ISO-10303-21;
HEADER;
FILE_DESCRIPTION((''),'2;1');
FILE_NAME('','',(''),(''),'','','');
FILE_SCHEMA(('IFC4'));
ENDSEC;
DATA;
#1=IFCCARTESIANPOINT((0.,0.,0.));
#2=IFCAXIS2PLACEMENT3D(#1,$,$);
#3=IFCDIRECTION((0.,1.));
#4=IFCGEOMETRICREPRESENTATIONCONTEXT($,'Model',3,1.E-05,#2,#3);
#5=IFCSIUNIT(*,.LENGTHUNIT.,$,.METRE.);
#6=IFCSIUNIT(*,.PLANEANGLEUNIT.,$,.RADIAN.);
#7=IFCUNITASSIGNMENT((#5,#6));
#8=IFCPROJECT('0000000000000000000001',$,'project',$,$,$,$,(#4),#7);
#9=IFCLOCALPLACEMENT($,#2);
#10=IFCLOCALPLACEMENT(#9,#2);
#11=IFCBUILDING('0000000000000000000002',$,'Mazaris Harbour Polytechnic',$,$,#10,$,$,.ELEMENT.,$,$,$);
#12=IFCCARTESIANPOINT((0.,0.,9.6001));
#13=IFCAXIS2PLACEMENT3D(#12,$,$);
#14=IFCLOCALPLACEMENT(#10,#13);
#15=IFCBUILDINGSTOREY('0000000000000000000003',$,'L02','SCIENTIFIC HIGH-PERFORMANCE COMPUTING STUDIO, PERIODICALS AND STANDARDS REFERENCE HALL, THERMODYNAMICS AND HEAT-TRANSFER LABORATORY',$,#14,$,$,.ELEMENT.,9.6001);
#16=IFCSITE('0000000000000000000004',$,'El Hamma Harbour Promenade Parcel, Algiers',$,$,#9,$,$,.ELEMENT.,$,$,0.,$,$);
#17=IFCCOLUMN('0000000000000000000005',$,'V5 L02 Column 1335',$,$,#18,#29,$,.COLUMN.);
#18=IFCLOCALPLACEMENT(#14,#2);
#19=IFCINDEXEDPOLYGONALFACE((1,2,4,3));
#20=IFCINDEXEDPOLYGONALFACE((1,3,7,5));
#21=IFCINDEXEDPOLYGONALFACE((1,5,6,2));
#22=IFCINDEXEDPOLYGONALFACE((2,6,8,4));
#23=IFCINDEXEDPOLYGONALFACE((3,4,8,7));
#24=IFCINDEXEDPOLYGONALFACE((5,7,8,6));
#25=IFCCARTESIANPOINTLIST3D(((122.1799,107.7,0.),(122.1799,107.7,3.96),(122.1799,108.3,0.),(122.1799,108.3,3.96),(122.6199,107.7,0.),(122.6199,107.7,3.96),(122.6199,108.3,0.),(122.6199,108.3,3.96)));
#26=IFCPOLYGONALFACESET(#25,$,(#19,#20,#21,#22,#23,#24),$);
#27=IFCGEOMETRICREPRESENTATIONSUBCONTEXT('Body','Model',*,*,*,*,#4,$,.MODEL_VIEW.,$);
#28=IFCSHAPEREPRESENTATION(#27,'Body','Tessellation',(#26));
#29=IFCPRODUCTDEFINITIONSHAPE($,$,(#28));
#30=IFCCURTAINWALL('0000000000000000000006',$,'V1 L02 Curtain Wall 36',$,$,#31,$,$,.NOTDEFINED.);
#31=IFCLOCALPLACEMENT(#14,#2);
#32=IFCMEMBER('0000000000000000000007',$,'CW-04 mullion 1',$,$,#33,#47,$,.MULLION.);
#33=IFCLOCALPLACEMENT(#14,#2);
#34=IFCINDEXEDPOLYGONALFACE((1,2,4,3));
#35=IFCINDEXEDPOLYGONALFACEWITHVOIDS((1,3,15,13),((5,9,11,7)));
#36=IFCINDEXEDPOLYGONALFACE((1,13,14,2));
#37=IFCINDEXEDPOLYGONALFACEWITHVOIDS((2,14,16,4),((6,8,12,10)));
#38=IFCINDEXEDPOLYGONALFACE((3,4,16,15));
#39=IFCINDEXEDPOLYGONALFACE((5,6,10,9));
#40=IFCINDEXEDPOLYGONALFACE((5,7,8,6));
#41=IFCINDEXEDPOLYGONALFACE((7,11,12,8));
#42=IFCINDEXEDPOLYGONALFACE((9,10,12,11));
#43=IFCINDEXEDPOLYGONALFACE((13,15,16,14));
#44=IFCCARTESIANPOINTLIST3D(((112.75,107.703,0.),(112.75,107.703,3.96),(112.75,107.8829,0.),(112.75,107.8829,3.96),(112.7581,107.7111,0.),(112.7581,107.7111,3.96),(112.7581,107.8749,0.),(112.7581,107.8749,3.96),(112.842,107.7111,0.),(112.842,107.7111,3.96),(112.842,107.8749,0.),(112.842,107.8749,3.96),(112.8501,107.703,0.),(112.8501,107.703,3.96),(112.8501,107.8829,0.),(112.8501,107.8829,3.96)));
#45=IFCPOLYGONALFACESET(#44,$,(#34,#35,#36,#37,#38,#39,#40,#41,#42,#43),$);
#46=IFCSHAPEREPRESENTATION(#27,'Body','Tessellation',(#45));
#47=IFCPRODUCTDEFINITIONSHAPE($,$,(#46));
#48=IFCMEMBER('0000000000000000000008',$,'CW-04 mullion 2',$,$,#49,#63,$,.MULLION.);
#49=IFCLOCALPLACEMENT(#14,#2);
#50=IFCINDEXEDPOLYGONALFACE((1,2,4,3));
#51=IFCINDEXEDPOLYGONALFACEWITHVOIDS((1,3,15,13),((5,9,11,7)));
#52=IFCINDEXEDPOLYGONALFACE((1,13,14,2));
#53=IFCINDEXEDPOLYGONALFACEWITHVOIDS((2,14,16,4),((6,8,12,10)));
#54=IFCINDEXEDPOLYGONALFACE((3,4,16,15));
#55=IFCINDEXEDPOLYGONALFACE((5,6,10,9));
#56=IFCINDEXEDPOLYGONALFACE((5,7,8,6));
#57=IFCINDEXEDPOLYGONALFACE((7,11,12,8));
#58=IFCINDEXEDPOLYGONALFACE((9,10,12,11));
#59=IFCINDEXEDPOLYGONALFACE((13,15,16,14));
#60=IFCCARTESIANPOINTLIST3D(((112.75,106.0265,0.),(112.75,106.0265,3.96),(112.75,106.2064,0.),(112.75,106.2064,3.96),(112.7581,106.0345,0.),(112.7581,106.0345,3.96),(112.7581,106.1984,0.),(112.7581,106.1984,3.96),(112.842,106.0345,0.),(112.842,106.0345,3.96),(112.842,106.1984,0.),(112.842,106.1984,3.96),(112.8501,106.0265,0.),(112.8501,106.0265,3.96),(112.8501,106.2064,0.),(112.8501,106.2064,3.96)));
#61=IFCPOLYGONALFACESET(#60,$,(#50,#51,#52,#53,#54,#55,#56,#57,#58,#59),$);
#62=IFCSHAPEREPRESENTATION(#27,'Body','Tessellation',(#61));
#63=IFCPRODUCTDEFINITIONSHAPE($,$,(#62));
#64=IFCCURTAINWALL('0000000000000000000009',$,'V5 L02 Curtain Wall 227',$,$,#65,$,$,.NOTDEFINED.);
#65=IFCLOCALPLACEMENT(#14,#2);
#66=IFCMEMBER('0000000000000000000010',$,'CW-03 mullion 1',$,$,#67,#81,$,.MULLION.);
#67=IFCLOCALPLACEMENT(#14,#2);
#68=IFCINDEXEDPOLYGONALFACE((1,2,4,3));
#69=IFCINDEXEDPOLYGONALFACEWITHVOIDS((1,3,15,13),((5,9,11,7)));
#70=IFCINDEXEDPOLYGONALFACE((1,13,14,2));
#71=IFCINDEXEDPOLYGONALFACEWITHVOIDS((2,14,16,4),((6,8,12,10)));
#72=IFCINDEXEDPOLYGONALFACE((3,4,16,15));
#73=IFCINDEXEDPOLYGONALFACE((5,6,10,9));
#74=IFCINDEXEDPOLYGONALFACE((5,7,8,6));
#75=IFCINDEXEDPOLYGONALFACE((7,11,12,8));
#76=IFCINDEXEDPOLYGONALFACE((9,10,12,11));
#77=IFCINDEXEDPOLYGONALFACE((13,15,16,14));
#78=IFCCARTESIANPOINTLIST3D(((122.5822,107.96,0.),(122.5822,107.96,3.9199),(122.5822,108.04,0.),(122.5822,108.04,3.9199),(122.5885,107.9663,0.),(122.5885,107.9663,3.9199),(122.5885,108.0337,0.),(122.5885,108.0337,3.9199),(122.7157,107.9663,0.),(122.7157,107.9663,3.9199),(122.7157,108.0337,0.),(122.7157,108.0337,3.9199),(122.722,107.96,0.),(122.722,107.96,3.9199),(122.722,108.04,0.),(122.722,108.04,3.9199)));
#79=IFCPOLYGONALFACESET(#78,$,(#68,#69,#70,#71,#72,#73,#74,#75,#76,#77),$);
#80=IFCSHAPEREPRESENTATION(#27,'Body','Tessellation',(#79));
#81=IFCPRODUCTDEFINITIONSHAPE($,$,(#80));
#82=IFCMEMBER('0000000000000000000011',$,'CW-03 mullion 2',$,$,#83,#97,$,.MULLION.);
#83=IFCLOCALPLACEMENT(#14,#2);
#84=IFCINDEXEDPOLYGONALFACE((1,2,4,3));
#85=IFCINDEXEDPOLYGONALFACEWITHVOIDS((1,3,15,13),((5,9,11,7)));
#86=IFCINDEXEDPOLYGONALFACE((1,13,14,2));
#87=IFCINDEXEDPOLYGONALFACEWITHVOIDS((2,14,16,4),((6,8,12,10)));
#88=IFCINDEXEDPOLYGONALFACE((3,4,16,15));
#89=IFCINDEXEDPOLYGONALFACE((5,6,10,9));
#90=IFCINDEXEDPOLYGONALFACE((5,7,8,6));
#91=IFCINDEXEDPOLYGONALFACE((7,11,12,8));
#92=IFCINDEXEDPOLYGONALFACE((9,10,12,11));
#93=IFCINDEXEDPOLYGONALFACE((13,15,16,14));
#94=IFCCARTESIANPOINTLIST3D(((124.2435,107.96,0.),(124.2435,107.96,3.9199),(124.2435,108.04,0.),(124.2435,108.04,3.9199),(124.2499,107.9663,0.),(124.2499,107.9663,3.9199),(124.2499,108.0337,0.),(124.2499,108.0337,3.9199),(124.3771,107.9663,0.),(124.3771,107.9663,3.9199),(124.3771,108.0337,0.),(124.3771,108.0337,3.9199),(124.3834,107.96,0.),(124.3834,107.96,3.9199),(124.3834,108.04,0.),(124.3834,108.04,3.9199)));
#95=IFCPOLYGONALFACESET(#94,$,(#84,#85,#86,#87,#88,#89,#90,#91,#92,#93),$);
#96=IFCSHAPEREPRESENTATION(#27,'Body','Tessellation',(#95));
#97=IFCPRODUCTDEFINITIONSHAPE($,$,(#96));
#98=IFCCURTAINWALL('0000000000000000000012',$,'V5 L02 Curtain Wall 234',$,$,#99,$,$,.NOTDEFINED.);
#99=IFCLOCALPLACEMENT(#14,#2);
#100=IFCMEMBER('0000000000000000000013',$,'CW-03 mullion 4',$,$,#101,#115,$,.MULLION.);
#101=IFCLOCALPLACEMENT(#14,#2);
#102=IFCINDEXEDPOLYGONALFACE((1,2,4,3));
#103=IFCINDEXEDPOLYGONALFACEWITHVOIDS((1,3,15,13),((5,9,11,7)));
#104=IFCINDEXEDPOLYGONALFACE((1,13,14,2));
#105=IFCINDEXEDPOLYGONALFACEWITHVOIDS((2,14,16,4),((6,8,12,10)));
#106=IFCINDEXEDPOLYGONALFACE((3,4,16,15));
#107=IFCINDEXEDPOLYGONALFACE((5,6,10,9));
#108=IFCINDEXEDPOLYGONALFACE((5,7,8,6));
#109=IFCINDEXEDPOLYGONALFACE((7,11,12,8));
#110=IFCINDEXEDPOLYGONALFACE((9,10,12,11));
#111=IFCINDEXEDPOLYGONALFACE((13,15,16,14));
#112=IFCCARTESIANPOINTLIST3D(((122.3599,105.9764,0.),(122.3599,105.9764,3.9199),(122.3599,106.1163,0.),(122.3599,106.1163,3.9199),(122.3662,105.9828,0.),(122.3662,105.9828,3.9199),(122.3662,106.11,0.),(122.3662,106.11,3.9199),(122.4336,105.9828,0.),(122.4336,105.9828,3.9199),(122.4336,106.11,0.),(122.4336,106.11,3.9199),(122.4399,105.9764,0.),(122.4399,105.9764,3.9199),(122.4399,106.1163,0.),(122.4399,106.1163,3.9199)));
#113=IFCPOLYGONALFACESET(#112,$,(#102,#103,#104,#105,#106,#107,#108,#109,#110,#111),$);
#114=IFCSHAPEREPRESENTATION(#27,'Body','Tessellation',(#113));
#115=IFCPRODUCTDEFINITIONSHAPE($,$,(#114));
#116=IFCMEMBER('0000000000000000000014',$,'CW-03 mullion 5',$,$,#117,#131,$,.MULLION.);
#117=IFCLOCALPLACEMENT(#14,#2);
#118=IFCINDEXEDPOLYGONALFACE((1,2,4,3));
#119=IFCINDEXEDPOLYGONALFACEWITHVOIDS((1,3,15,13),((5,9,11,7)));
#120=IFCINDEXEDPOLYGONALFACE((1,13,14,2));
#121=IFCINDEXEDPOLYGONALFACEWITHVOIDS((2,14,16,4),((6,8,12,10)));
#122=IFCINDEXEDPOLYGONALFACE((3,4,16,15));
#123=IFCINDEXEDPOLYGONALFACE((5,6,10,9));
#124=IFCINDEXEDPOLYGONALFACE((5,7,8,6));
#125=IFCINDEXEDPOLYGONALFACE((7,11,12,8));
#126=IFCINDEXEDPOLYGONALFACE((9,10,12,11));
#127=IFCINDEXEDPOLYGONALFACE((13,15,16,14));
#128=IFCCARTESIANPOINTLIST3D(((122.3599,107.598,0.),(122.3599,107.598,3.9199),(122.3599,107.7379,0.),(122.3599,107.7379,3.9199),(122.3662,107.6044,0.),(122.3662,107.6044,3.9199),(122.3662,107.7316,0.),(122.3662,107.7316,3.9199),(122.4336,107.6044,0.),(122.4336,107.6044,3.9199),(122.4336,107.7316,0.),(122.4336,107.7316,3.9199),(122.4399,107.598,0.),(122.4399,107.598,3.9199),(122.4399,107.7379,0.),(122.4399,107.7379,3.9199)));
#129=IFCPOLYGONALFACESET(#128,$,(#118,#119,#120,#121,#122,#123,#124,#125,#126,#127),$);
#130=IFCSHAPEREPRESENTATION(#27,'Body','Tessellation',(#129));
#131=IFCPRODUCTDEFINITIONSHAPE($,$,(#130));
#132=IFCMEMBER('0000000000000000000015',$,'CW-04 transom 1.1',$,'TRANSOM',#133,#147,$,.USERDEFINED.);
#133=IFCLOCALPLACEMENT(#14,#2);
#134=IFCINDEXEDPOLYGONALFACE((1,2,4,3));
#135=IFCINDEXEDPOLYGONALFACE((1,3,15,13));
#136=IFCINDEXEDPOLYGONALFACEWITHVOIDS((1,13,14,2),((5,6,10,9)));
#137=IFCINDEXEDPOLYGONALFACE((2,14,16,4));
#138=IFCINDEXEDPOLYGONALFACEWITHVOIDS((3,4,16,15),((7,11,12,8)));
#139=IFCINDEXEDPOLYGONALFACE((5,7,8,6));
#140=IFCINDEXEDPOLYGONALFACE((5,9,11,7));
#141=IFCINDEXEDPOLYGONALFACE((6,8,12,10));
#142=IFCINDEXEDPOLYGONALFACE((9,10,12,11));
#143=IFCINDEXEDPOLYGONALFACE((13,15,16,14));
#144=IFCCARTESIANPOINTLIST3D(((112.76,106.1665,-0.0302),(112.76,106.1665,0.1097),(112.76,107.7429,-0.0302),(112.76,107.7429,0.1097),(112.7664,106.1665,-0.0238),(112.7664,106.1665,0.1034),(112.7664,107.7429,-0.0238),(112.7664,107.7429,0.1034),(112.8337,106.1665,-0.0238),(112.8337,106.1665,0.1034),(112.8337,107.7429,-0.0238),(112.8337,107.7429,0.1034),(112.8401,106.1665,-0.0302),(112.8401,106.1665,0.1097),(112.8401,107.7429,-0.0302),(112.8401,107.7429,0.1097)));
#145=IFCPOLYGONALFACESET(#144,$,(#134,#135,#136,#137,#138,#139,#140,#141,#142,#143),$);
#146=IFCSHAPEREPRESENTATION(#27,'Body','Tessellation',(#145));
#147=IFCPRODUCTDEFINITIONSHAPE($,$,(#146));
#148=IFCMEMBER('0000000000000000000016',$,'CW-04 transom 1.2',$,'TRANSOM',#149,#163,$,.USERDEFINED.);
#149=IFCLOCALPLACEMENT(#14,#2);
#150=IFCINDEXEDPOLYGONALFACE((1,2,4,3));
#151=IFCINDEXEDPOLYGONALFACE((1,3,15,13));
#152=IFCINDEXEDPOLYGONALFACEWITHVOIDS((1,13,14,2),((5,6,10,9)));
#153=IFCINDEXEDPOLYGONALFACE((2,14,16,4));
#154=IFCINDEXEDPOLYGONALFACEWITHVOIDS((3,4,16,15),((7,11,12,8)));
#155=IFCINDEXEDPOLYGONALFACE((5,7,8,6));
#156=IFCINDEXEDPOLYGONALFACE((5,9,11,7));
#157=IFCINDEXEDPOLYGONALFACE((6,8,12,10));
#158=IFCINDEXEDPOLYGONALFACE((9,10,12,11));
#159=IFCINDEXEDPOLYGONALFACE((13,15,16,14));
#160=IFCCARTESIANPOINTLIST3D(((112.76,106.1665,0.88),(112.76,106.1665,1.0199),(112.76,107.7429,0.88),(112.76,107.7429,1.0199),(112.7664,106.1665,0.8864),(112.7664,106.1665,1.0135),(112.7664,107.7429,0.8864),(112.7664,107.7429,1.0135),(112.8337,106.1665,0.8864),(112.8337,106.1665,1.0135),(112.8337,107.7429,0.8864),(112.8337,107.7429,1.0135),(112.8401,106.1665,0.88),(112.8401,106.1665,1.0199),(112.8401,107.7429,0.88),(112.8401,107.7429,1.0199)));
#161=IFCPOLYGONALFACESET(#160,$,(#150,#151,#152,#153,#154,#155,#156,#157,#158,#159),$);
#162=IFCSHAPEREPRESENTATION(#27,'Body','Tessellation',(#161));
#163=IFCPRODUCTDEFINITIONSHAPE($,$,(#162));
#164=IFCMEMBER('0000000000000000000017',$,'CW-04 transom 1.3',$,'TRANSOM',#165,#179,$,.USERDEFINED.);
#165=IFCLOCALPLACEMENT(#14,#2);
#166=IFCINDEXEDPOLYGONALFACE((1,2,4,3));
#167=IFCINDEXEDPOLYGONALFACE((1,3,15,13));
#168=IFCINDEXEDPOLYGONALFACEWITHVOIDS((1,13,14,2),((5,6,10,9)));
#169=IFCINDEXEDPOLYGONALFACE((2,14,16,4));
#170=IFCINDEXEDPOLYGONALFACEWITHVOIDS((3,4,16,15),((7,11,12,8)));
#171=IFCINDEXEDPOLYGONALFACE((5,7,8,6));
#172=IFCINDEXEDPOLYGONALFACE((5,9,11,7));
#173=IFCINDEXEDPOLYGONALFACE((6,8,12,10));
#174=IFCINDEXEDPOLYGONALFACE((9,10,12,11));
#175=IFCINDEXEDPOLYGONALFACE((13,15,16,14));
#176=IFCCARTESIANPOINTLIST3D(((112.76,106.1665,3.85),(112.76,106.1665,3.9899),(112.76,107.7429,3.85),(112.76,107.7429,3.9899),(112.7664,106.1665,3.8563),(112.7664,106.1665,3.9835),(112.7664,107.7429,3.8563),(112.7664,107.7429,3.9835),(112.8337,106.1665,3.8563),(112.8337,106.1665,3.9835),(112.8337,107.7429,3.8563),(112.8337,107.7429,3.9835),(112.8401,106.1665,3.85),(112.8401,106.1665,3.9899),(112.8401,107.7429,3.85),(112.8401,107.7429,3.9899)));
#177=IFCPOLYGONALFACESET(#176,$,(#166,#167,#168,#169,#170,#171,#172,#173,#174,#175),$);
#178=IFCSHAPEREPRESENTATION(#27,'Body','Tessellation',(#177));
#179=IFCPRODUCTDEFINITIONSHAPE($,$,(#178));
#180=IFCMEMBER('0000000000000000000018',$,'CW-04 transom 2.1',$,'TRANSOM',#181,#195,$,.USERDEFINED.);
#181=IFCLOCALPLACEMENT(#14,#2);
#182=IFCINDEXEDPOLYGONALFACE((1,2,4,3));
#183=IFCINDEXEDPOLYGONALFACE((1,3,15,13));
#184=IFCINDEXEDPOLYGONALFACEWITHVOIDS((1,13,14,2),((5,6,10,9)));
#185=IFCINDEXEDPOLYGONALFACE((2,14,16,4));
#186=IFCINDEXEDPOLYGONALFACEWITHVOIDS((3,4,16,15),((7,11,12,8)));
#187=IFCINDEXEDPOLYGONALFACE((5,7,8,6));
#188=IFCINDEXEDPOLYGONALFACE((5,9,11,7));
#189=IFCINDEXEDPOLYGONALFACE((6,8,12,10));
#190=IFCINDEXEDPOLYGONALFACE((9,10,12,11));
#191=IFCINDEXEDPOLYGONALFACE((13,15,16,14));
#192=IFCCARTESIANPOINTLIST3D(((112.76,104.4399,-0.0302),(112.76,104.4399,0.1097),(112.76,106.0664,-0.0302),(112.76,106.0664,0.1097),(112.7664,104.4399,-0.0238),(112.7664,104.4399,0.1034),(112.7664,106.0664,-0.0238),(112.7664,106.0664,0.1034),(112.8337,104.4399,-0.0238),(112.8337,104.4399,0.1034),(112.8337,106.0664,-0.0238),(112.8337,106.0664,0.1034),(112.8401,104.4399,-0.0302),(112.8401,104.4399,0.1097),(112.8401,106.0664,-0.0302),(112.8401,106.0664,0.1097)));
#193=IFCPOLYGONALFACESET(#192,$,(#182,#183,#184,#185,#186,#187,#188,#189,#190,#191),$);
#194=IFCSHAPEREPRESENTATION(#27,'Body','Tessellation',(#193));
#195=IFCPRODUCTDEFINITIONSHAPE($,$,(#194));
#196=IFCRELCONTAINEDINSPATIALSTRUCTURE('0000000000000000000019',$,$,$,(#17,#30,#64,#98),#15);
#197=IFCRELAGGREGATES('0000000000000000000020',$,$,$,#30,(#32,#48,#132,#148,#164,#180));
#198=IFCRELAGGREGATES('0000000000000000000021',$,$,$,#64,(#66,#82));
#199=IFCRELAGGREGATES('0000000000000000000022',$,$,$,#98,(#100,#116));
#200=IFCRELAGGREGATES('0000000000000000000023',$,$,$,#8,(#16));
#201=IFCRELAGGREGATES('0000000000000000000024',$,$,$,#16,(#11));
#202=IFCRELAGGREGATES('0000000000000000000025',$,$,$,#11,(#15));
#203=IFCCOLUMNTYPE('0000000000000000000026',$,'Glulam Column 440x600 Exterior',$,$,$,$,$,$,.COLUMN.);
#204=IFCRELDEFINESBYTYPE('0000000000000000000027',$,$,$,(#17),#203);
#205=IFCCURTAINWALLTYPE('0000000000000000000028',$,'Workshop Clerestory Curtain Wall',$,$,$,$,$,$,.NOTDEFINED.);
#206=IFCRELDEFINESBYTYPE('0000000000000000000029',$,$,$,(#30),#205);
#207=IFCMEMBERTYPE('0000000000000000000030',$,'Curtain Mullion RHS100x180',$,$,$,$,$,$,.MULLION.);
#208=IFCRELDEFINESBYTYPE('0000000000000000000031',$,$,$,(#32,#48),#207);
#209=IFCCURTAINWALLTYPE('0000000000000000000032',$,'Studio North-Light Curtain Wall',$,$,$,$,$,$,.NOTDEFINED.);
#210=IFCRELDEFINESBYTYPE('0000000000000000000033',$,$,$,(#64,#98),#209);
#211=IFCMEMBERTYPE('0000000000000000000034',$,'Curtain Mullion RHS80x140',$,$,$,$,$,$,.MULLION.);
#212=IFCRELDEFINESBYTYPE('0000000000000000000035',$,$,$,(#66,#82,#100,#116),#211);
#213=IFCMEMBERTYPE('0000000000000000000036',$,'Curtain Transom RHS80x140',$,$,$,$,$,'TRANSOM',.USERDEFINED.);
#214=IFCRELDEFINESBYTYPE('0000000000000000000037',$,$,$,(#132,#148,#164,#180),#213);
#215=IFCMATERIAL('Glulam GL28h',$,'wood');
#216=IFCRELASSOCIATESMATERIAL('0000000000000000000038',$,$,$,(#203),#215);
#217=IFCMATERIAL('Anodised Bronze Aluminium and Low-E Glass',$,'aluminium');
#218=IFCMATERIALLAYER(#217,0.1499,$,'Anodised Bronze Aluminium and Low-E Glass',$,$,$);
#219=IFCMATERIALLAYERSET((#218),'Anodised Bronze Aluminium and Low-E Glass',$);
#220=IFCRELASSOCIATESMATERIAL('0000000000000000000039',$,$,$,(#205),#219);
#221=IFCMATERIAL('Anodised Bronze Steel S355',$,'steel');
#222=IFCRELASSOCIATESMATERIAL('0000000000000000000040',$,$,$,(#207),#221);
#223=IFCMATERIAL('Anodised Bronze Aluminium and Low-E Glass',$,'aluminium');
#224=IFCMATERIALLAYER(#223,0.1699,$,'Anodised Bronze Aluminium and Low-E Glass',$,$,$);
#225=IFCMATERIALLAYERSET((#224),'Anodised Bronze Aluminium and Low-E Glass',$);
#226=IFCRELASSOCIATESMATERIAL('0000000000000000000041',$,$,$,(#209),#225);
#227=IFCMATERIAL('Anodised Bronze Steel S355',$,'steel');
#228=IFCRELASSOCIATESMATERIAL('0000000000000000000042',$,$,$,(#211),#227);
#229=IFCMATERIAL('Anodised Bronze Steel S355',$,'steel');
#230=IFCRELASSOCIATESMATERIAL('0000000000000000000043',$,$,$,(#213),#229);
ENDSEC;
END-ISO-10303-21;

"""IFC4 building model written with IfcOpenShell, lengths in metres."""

from ifc_helpers import new_model, si_unit, direction, frame, origin, origin_2d, place, context, subcontext, project, spatial, rectangle, hollow_rectangle, extrude, material, layer, layer_set, material_profile, profile_set, type_object, element, aggregate, save


model = new_model("IFC4")

# Units and contexts
model_context = context("Model", 3, precision=1e-05, world=origin(), true_north=direction((0.0, 1.0)))
body_context = subcontext(model_context, "Body", "Model", "MODEL_VIEW")
ifc_project = project(units=[si_unit("LENGTHUNIT", "METRE"), si_unit("PLANEANGLEUNIT", "RADIAN")], contexts=[model_context])

# Site, building, storey
site_placement = place(None, origin())
site = spatial("IfcSite", under=ifc_project, at=site_placement, Name="El Hamma Harbour Promenade Parcel, Algiers", CompositionType="ELEMENT", RefElevation=0.0)
building_placement = place(site_placement, origin())
building = spatial("IfcBuilding", under=site, at=building_placement, Name="Mazaris Harbour Polytechnic", CompositionType="ELEMENT")
storey_placement = place(building_placement, frame((0.0, 0.0, 9.6001)))
storey = spatial("IfcBuildingStorey", under=building, at=storey_placement, Name="L02", Description="SCIENTIFIC HIGH-PERFORMANCE COMPUTING STUDIO, PERIODICALS AND STANDARDS REFERENCE HALL, THERMODYNAMICS AND HEAT-TRANSFER LABORATORY", CompositionType="ELEMENT", Elevation=9.6001)

# Column
ifc_material_1 = material(Name="Glulam GL28h", Category="wood")
ifc_material_profile_1 = material_profile(ifc_material_1, rectangle(XDim=0.4399, YDim=0.6001, at=origin_2d()), Name="RECT440x600")
ifc_profile_set_1 = profile_set([ifc_material_profile_1], Name="Glulam GL28h")
column_type = type_object("IfcColumnType", Name="Glulam Column 440x600 Exterior", PredefinedType="COLUMN", material=ifc_profile_set_1)
column_placement = place(storey_placement, frame((122.3999, 108.0, 0.0), z_axis=(0.0, 0.0, 1.0), x_axis=(1.0, 0.0, 0.0)))
element("IfcColumn", 1, at=column_placement, inside=storey, type_object=column_type, Name="V5 L02 Column 1335", PredefinedType="COLUMN", context=body_context, shape_type="SweptSolid", body=[
    extrude(rectangle(XDim=0.4399, YDim=0.6001, at=origin_2d()), origin(), (0.0, 0.0, 1.0), 3.96),
])

# Curtain walls, members
ifc_material_2 = material(Name="Anodised Bronze Aluminium and Low-E Glass", Category="aluminium")
ifc_layer_1 = layer(ifc_material_2, 0.1499, Name="Anodised Bronze Aluminium and Low-E Glass")
ifc_layer_set_1 = layer_set([ifc_layer_1], Name="Anodised Bronze Aluminium and Low-E Glass")
curtain_wall_type_1 = type_object("IfcCurtainWallType", Name="Workshop Clerestory Curtain Wall", PredefinedType="NOTDEFINED", material=ifc_layer_set_1)
curtain_wall_1_placement = place(storey_placement, origin())
curtain_wall_1 = element("IfcCurtainWall", 2, at=curtain_wall_1_placement, inside=storey, type_object=curtain_wall_type_1, Name="V1 L02 Curtain Wall 36", PredefinedType="NOTDEFINED")
ifc_material_3 = material(Name="Anodised Bronze Steel S355", Category="steel")
ifc_material_profile_2 = material_profile(ifc_material_3, hollow_rectangle(XDim=0.1001, YDim=0.1799, WallThickness=0.0081, at=origin_2d()), Name="RHS 100x180x8.0")
ifc_profile_set_2 = profile_set([ifc_material_profile_2], Name="Anodised Bronze Steel S355")
member_type_1 = type_object("IfcMemberType", Name="Curtain Mullion RHS100x180", PredefinedType="MULLION", material=ifc_profile_set_2)
member_1_placement = place(storey_placement, frame((112.8, 107.793, 0.0), z_axis=(0.0, 0.0, 1.0), x_axis=(1.0, 0.0, 0.0)))
member_1 = element("IfcMember", 3, at=member_1_placement, type_object=member_type_1, Name="CW-04 mullion 1", PredefinedType="MULLION", context=body_context, shape_type="SweptSolid", body=[
    extrude(hollow_rectangle(XDim=0.1001, YDim=0.1799, WallThickness=0.0081, at=origin_2d()), origin(), (0.0, 0.0, 1.0), 3.96),
])
member_2_placement = place(storey_placement, frame((112.8, 106.1165, 0.0), z_axis=(0.0, 0.0, 1.0), x_axis=(1.0, 0.0, 0.0)))
member_2 = element("IfcMember", 4, at=member_2_placement, type_object=member_type_1, Name="CW-04 mullion 2", PredefinedType="MULLION", context=body_context, shape_type="SweptSolid", body=[
    extrude(hollow_rectangle(XDim=0.1001, YDim=0.1799, WallThickness=0.0081, at=origin_2d()), origin(), (0.0, 0.0, 1.0), 3.96),
])
ifc_material_4 = material(Name="Anodised Bronze Aluminium and Low-E Glass", Category="aluminium")
ifc_layer_2 = layer(ifc_material_4, 0.1699, Name="Anodised Bronze Aluminium and Low-E Glass")
ifc_layer_set_2 = layer_set([ifc_layer_2], Name="Anodised Bronze Aluminium and Low-E Glass")
curtain_wall_type_2 = type_object("IfcCurtainWallType", Name="Studio North-Light Curtain Wall", PredefinedType="NOTDEFINED", material=ifc_layer_set_2)
curtain_wall_2_placement = place(storey_placement, origin())
curtain_wall_2 = element("IfcCurtainWall", 5, at=curtain_wall_2_placement, inside=storey, type_object=curtain_wall_type_2, Name="V5 L02 Curtain Wall 227", PredefinedType="NOTDEFINED")
ifc_material_5 = material(Name="Anodised Bronze Steel S355", Category="steel")
ifc_material_profile_3 = material_profile(ifc_material_5, hollow_rectangle(XDim=0.0801, YDim=0.1399, WallThickness=0.0063, at=origin_2d()), Name="RHS 80x140x6.3")
ifc_profile_set_3 = profile_set([ifc_material_profile_3], Name="Anodised Bronze Steel S355")
member_type_2 = type_object("IfcMemberType", Name="Curtain Mullion RHS80x140", PredefinedType="MULLION", material=ifc_profile_set_3)
member_3_placement = place(storey_placement, frame((122.6521, 108.0, 0.0), z_axis=(0.0, 0.0, 1.0), x_axis=(0.0, 1.0, 0.0)))
member_3 = element("IfcMember", 6, at=member_3_placement, type_object=member_type_2, Name="CW-03 mullion 1", PredefinedType="MULLION", context=body_context, shape_type="SweptSolid", body=[
    extrude(hollow_rectangle(XDim=0.0801, YDim=0.1399, WallThickness=0.0063, at=origin_2d()), origin(), (0.0, 0.0, 1.0), 3.9199),
])
member_4_placement = place(storey_placement, frame((124.3135, 108.0, 0.0), z_axis=(0.0, 0.0, 1.0), x_axis=(0.0, 1.0, 0.0)))
member_4 = element("IfcMember", 7, at=member_4_placement, type_object=member_type_2, Name="CW-03 mullion 2", PredefinedType="MULLION", context=body_context, shape_type="SweptSolid", body=[
    extrude(hollow_rectangle(XDim=0.0801, YDim=0.1399, WallThickness=0.0063, at=origin_2d()), origin(), (0.0, 0.0, 1.0), 3.9199),
])
curtain_wall_3_placement = place(storey_placement, origin())
curtain_wall_3 = element("IfcCurtainWall", 8, at=curtain_wall_3_placement, inside=storey, type_object=curtain_wall_type_2, Name="V5 L02 Curtain Wall 234", PredefinedType="NOTDEFINED")
member_5_placement = place(storey_placement, frame((122.3999, 106.0464, 0.0), z_axis=(0.0, 0.0, 1.0), x_axis=(-1.0, 0.0, 0.0)))
member_5 = element("IfcMember", 9, at=member_5_placement, type_object=member_type_2, Name="CW-03 mullion 4", PredefinedType="MULLION", context=body_context, shape_type="SweptSolid", body=[
    extrude(hollow_rectangle(XDim=0.0801, YDim=0.1399, WallThickness=0.0063, at=origin_2d()), origin(), (0.0, 0.0, 1.0), 3.9199),
])
member_6_placement = place(storey_placement, frame((122.3999, 107.668, 0.0), z_axis=(0.0, 0.0, 1.0), x_axis=(-1.0, 0.0, 0.0)))
member_6 = element("IfcMember", 10, at=member_6_placement, type_object=member_type_2, Name="CW-03 mullion 5", PredefinedType="MULLION", context=body_context, shape_type="SweptSolid", body=[
    extrude(hollow_rectangle(XDim=0.0801, YDim=0.1399, WallThickness=0.0063, at=origin_2d()), origin(), (0.0, 0.0, 1.0), 3.9199),
])

# Members
ifc_material_6 = material(Name="Anodised Bronze Steel S355", Category="steel")
ifc_material_profile_4 = material_profile(ifc_material_6, hollow_rectangle(XDim=0.0801, YDim=0.1399, WallThickness=0.0063, at=origin_2d()), Name="RHS 80x140x6.3")
ifc_profile_set_4 = profile_set([ifc_material_profile_4], Name="Anodised Bronze Steel S355")
member_type_3 = type_object("IfcMemberType", Name="Curtain Transom RHS80x140", ElementType="TRANSOM", PredefinedType="USERDEFINED", material=ifc_profile_set_4)
member_7_placement = place(storey_placement, frame((112.8, 107.7429, 0.0398), z_axis=(0.0, -1.0, 0.0), x_axis=(1.0, 0.0, 0.0)))
member_7 = element("IfcMember", 11, at=member_7_placement, type_object=member_type_3, Name="CW-04 transom 1.1", ObjectType="TRANSOM", PredefinedType="USERDEFINED", context=body_context, shape_type="SweptSolid", body=[
    extrude(hollow_rectangle(XDim=0.0801, YDim=0.1399, WallThickness=0.0063, at=origin_2d()), origin(), (0.0, 0.0, 1.0), 1.5764),
])
member_8_placement = place(storey_placement, frame((112.8, 107.7429, 0.95), z_axis=(0.0, -1.0, 0.0), x_axis=(1.0, 0.0, 0.0)))
member_8 = element("IfcMember", 12, at=member_8_placement, type_object=member_type_3, Name="CW-04 transom 1.2", ObjectType="TRANSOM", PredefinedType="USERDEFINED", context=body_context, shape_type="SweptSolid", body=[
    extrude(hollow_rectangle(XDim=0.0801, YDim=0.1399, WallThickness=0.0063, at=origin_2d()), origin(), (0.0, 0.0, 1.0), 1.5764),
])
member_9_placement = place(storey_placement, frame((112.8, 107.7429, 3.9199), z_axis=(0.0, -1.0, 0.0), x_axis=(1.0, 0.0, 0.0)))
member_9 = element("IfcMember", 13, at=member_9_placement, type_object=member_type_3, Name="CW-04 transom 1.3", ObjectType="TRANSOM", PredefinedType="USERDEFINED", context=body_context, shape_type="SweptSolid", body=[
    extrude(hollow_rectangle(XDim=0.0801, YDim=0.1399, WallThickness=0.0063, at=origin_2d()), origin(), (0.0, 0.0, 1.0), 1.5764),
])
member_10_placement = place(storey_placement, frame((112.8, 106.0664, 0.0398), z_axis=(0.0, -1.0, 0.0), x_axis=(1.0, 0.0, 0.0)))
member_10 = element("IfcMember", 14, at=member_10_placement, type_object=member_type_3, Name="CW-04 transom 2.1", ObjectType="TRANSOM", PredefinedType="USERDEFINED", context=body_context, shape_type="SweptSolid", body=[
    extrude(hollow_rectangle(XDim=0.0801, YDim=0.1399, WallThickness=0.0063, at=origin_2d()), origin(), (0.0, 0.0, 1.0), 1.6265),
])

aggregate(curtain_wall_1, [member_1, member_2, member_7, member_8, member_9, member_10])
aggregate(curtain_wall_2, [member_3, member_4])
aggregate(curtain_wall_3, [member_5, member_6])

save(model, "model.ifc")
